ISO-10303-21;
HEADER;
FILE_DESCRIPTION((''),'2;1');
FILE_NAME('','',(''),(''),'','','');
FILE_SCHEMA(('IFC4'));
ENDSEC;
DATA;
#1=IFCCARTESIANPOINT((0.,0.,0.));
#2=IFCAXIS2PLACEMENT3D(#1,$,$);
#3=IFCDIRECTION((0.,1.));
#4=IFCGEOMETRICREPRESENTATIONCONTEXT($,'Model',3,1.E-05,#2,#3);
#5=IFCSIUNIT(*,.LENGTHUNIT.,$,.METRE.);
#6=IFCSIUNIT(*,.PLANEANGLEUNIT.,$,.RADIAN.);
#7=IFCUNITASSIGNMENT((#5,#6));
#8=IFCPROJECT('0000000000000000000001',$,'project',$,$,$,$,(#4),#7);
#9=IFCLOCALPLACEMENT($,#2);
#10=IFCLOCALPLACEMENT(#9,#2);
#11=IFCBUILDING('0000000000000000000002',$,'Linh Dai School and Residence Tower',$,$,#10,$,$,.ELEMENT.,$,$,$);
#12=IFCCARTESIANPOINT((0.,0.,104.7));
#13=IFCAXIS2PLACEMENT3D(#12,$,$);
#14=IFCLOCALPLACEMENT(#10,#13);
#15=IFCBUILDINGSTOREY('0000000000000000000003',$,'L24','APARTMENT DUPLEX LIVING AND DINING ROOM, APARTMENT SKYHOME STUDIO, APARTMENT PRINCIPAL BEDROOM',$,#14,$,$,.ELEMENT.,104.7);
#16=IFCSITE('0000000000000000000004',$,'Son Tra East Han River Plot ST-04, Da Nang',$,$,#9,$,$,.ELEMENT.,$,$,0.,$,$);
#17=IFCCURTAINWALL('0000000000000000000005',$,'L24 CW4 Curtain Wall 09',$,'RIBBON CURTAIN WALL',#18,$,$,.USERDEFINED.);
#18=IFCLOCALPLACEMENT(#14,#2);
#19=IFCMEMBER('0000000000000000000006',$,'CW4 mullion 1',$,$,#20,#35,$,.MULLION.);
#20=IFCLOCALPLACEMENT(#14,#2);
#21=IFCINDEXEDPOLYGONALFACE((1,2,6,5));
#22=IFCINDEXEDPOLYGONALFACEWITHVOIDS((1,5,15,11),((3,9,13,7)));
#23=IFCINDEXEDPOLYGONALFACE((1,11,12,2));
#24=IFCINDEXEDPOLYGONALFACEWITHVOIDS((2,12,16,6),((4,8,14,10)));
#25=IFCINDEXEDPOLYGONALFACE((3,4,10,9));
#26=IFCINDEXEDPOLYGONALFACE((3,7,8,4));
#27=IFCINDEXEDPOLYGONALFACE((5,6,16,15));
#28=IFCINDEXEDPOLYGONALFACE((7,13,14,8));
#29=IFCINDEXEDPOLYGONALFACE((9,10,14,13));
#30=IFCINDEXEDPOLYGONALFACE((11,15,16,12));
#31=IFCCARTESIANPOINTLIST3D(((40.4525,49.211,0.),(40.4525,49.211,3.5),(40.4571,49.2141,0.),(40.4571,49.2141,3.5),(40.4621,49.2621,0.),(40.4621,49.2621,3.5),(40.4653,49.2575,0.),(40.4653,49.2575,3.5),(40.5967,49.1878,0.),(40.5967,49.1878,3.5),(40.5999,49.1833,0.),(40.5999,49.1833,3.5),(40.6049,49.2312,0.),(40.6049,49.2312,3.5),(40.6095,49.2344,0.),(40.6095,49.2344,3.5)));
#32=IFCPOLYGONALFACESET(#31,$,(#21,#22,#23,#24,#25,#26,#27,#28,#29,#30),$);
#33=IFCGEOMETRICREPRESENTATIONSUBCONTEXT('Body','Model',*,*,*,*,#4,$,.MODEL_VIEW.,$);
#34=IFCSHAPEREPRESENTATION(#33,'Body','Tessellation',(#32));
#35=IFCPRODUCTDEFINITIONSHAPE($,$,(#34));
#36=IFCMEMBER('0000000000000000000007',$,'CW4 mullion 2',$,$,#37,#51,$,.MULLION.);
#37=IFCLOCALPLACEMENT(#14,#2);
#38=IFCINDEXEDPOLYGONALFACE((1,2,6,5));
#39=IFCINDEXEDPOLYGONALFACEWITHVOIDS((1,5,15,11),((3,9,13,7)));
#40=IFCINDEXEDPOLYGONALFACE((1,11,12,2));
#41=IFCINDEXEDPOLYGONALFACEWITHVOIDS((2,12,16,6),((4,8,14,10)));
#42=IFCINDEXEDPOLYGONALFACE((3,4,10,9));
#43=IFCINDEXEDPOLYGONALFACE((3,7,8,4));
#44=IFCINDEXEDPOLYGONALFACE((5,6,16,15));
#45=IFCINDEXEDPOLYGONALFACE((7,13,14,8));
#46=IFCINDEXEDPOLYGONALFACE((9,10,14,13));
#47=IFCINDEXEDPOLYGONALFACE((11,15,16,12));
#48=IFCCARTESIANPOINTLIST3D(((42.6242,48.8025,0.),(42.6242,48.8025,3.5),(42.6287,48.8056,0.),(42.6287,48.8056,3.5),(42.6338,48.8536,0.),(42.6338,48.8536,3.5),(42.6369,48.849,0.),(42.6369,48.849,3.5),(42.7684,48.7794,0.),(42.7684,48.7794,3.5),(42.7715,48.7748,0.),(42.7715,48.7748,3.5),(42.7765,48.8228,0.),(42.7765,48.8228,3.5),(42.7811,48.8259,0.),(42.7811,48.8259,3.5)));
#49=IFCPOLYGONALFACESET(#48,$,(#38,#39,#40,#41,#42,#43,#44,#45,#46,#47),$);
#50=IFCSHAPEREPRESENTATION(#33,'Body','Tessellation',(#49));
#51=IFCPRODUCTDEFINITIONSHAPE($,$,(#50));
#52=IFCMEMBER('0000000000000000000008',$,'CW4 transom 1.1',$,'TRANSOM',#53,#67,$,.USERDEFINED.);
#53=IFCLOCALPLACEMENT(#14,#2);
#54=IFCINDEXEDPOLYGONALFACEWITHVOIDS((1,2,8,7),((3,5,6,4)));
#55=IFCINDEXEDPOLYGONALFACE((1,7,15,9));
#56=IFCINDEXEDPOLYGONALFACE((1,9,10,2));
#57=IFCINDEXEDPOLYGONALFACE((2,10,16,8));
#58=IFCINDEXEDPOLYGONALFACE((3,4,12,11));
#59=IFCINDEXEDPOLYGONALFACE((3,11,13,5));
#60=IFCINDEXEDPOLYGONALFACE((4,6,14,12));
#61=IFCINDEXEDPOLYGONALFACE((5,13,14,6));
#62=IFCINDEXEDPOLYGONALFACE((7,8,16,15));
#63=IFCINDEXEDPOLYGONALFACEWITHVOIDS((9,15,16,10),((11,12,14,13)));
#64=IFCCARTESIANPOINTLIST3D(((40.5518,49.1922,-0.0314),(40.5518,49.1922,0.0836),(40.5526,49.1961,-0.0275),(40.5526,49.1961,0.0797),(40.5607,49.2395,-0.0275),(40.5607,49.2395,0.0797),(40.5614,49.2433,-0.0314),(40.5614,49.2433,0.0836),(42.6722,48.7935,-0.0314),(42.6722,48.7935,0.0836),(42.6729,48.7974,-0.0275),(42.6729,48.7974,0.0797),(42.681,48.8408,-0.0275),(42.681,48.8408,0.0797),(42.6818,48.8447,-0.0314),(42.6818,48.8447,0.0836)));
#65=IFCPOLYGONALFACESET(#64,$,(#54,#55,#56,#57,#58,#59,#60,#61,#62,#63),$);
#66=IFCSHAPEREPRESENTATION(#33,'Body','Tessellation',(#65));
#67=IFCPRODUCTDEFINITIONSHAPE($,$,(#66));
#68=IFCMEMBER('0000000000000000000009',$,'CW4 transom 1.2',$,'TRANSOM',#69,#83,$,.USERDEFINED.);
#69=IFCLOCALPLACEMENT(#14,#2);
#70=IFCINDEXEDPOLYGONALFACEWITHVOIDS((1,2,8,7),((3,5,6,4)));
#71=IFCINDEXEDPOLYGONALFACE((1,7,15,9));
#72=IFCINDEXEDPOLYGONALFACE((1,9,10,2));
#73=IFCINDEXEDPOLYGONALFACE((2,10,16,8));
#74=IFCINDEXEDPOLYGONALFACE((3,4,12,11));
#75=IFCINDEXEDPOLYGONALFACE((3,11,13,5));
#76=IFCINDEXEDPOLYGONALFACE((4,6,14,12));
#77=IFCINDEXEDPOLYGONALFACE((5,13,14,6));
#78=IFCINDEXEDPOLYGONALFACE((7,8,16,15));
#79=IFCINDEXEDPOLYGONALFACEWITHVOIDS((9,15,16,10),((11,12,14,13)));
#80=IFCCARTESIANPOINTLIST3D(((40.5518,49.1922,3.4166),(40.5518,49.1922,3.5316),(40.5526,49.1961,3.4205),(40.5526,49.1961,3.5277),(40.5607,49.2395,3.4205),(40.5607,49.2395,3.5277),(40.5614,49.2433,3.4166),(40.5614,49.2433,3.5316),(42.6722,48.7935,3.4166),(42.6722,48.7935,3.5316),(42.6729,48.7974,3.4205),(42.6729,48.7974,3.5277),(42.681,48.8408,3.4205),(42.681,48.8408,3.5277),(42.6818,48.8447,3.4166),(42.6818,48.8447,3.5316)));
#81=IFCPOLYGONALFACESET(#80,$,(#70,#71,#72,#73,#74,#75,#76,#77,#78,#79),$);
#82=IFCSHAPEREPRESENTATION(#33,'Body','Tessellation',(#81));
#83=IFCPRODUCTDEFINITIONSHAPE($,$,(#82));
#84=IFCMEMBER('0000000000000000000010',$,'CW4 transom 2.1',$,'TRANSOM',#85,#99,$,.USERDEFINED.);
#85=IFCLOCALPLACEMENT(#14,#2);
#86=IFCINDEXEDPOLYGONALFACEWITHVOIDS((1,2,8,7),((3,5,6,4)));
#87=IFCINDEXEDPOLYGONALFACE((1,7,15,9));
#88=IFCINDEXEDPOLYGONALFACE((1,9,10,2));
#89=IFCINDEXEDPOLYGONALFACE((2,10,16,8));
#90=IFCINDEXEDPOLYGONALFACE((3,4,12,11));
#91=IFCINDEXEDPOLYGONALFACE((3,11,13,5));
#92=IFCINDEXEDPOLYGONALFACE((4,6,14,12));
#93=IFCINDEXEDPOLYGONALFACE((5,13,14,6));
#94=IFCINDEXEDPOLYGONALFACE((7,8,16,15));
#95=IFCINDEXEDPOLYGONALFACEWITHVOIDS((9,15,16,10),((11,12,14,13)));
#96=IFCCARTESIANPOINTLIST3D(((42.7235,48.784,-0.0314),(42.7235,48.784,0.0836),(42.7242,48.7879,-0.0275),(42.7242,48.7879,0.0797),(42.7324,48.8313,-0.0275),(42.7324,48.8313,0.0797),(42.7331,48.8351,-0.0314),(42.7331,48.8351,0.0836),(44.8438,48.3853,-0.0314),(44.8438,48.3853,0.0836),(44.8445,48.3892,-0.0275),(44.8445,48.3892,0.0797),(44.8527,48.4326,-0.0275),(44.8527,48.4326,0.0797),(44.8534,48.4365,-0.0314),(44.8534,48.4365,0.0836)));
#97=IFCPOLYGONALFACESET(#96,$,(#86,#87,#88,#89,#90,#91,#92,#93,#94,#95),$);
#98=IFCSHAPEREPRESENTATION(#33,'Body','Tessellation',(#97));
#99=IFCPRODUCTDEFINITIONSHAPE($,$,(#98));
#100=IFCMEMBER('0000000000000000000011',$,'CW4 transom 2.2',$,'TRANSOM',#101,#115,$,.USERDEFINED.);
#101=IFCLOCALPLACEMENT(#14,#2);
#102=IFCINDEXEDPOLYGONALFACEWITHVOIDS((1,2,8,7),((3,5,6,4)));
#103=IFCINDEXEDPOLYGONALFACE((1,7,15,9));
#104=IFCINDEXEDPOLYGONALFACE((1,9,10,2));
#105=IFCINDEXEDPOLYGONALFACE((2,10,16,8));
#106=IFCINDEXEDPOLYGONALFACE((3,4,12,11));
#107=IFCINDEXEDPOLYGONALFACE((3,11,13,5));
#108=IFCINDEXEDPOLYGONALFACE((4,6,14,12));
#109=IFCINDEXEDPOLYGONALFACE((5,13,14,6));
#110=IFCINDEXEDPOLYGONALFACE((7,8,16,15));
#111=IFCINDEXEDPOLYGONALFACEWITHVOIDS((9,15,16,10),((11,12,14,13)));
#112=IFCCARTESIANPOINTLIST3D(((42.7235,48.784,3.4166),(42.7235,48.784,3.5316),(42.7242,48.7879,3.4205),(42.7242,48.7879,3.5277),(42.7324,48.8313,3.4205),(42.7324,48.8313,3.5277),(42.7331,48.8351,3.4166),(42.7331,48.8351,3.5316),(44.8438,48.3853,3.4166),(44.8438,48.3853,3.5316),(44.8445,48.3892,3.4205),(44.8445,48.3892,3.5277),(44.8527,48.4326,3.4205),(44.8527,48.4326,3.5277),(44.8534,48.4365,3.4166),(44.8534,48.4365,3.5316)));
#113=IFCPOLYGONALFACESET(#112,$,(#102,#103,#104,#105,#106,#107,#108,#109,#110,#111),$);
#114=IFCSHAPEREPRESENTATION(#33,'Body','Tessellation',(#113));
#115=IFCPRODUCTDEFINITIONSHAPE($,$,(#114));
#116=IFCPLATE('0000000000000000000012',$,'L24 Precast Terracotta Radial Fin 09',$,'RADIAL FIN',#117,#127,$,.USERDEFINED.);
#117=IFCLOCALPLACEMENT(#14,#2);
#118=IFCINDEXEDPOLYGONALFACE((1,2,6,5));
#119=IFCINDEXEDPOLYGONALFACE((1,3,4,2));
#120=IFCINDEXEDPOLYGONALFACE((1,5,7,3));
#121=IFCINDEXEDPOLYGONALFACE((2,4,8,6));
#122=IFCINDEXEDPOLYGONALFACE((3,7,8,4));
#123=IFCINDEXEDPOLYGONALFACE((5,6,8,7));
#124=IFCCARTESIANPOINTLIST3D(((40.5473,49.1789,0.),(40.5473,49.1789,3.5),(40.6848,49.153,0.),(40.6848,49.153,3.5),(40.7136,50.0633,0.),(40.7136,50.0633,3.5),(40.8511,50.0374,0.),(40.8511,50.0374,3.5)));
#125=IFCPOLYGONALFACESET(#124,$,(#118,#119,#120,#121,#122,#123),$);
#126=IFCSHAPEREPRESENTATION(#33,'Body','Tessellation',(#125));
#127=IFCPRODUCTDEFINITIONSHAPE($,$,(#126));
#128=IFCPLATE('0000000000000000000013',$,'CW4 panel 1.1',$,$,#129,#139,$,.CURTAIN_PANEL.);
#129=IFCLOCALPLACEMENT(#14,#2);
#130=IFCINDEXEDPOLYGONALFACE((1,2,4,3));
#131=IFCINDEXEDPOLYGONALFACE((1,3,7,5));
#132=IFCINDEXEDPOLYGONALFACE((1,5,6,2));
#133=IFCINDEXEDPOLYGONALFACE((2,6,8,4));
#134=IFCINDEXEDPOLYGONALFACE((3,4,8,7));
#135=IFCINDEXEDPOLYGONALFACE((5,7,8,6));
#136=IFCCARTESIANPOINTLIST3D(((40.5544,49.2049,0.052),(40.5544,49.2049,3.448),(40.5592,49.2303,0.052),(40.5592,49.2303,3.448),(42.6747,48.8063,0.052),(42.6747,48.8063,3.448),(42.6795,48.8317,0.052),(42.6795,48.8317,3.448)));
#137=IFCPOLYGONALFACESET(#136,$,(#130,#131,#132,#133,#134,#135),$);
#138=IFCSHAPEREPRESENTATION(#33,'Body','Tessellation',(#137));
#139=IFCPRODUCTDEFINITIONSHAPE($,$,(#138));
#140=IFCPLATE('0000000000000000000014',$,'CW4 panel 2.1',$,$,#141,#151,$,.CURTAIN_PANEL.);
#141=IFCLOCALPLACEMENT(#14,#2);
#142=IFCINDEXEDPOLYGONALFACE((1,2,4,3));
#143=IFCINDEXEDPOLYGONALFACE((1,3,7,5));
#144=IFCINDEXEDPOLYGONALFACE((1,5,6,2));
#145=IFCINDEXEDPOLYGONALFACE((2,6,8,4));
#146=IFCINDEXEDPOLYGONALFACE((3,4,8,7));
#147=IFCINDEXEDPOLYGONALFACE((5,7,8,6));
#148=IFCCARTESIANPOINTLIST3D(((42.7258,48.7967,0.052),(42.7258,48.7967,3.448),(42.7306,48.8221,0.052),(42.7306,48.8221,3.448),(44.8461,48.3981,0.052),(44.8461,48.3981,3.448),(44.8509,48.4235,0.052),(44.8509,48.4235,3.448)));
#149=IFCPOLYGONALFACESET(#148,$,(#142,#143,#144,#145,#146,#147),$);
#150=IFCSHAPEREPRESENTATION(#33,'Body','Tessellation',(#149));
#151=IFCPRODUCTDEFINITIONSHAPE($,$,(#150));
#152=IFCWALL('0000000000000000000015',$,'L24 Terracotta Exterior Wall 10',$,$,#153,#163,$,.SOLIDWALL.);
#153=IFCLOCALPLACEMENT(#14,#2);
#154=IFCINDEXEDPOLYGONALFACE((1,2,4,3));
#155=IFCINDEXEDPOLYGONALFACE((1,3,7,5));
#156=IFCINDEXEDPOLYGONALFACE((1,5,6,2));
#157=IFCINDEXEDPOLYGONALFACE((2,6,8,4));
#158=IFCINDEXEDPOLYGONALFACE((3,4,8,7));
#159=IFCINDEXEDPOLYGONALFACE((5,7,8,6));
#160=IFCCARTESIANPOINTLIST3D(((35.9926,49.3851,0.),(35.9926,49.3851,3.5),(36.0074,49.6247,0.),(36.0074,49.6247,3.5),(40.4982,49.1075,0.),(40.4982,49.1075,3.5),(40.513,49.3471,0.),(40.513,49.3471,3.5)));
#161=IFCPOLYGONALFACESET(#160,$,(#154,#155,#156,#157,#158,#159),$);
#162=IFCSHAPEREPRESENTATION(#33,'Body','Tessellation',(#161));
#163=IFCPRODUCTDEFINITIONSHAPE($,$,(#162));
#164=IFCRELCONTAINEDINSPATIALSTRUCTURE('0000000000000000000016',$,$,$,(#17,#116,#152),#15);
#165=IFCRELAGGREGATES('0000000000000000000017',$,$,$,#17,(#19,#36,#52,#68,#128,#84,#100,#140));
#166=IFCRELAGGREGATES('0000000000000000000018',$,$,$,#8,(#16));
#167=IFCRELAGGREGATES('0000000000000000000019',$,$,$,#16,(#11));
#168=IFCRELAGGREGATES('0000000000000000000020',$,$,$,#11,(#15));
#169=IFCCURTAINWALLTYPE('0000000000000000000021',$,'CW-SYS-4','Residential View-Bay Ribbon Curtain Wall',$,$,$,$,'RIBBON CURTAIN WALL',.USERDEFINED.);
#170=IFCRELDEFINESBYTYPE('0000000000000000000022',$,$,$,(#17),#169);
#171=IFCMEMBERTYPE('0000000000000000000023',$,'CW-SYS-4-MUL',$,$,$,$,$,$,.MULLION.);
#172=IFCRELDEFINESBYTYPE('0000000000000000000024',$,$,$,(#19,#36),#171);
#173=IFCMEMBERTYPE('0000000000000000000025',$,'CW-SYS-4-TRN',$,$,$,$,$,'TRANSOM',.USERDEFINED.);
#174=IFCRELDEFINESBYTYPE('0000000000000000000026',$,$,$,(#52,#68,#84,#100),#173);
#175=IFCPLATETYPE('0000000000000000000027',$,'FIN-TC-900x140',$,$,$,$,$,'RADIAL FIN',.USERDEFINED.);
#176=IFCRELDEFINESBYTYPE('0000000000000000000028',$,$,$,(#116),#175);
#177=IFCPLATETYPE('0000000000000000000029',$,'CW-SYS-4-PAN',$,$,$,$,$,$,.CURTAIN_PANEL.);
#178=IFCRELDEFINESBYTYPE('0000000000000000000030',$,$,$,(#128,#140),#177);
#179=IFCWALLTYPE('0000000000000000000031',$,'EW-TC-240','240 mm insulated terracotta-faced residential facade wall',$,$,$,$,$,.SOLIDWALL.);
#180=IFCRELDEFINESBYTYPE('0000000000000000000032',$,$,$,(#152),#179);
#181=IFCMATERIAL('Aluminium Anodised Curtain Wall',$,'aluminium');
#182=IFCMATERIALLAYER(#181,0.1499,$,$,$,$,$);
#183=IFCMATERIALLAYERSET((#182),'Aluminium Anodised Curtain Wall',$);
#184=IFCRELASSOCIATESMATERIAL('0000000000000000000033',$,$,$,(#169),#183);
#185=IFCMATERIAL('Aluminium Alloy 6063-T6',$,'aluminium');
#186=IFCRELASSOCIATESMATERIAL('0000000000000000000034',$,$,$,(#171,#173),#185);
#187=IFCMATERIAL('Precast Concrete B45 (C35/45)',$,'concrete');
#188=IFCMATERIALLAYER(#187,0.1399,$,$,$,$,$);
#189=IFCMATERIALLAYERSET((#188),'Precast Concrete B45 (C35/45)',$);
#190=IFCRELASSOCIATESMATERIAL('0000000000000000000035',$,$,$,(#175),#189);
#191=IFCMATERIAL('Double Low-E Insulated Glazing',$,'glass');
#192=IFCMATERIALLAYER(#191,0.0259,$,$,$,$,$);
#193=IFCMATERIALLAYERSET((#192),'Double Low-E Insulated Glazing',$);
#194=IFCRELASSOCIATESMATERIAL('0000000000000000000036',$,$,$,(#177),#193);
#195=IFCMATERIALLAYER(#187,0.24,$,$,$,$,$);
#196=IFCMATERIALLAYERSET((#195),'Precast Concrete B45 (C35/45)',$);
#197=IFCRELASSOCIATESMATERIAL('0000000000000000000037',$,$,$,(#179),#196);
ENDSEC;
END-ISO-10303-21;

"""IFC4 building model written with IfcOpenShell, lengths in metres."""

from ifc_helpers import new_model, si_unit, direction, frame, frame_2d, origin, origin_2d, place, context, subcontext, project, spatial, rectangle, hollow_rectangle, extrude, source, transform, mapped, material, layer, layer_set, material_profile, profile_set, type_object, element, aggregate, save


model = new_model("IFC4")

# Units and contexts
model_context = context("Model", 3, precision=1e-05, world=origin(), true_north=direction((0.0, 1.0)))
body_context = subcontext(model_context, "Body", "Model", "MODEL_VIEW")
ifc_project = project(units=[si_unit("LENGTHUNIT", "METRE"), si_unit("PLANEANGLEUNIT", "RADIAN")], contexts=[model_context])

# Site, building, storey
site_placement = place(None, origin())
site = spatial("IfcSite", under=ifc_project, at=site_placement, Name="Son Tra East Han River Plot ST-04, Da Nang", CompositionType="ELEMENT", RefElevation=0.0)
building_placement = place(site_placement, origin())
building = spatial("IfcBuilding", under=site, at=building_placement, Name="Linh Dai School and Residence Tower", CompositionType="ELEMENT")
storey_placement = place(building_placement, frame((0.0, 0.0, 104.7)))
storey = spatial("IfcBuildingStorey", under=building, at=storey_placement, Name="L24", Description="APARTMENT DUPLEX LIVING AND DINING ROOM, APARTMENT SKYHOME STUDIO, APARTMENT PRINCIPAL BEDROOM", CompositionType="ELEMENT", Elevation=104.7)

# Curtain wall, members
ifc_material_1 = material(Name="Aluminium Anodised Curtain Wall", Category="aluminium")
ifc_layer_1 = layer(ifc_material_1, 0.1499)
ifc_layer_set_1 = layer_set([ifc_layer_1], Name="Aluminium Anodised Curtain Wall")
curtain_wall_type = type_object("IfcCurtainWallType", Name="CW-SYS-4", Description="Residential View-Bay Ribbon Curtain Wall", ElementType="RIBBON CURTAIN WALL", PredefinedType="USERDEFINED", material=ifc_layer_set_1)
curtain_wall_placement = place(storey_placement, origin())
curtain_wall = element("IfcCurtainWall", 1, at=curtain_wall_placement, inside=storey, type_object=curtain_wall_type, Name="L24 CW4 Curtain Wall 09", ObjectType="RIBBON CURTAIN WALL", PredefinedType="USERDEFINED")
ifc_material_2 = material(Name="Aluminium Alloy 6063-T6", Category="aluminium")
ifc_material_profile_1 = material_profile(ifc_material_2, hollow_rectangle(XDim=0.052, YDim=0.1499, WallThickness=0.0039, at=origin_2d()), Name="RHS 150x52x4")
ifc_profile_set_1 = profile_set([ifc_material_profile_1], Name="Aluminium Alloy 6063-T6")
member_type_1 = type_object("IfcMemberType", Name="CW-SYS-4-MUL", PredefinedType="MULLION", material=ifc_profile_set_1)
shared_shape_1 = source(origin(), body_context, "Body", "SweptSolid", [
    extrude(hollow_rectangle(XDim=0.052, YDim=0.1499, WallThickness=0.0039, at=origin_2d()), origin(), (0.0, 0.0, 1.0), 3.5),
])
member_1_placement = place(storey_placement, frame((40.531, 49.2227, 0.0), z_axis=(0.0, 0.0, 1.0), x_axis=(0.184755, 0.982785, 0.0)))
member_1 = element("IfcMember", 2, at=member_1_placement, type_object=member_type_1, Name="CW4 mullion 1", PredefinedType="MULLION", context=body_context, shape_type="MappedRepresentation", body=[
    mapped(shared_shape_1, transform((0.0, 0.0, 0.0), x_axis=(1.0, 0.0, 0.0), y_axis=(0.0, 1.0, 0.0), z_axis=(0.0, 0.0, 1.0), scale=1.0)),
])
member_2_placement = place(storey_placement, frame((42.7026, 48.8142, 0.0), z_axis=(0.0, 0.0, 1.0), x_axis=(0.184755, 0.982785, 0.0)))
member_2 = element("IfcMember", 3, at=member_2_placement, type_object=member_type_1, Name="CW4 mullion 2", PredefinedType="MULLION", context=body_context, shape_type="MappedRepresentation", body=[
    mapped(shared_shape_1, transform((0.0, 0.0, 0.0), x_axis=(1.0, 0.0, 0.0), y_axis=(0.0, 1.0, 0.0), z_axis=(0.0, 0.0, 1.0), scale=1.0)),
])
ifc_material_profile_2 = material_profile(ifc_material_2, hollow_rectangle(XDim=0.052, YDim=0.115, WallThickness=0.0039, at=origin_2d()), Name="RHS 115x52x4")
ifc_profile_set_2 = profile_set([ifc_material_profile_2], Name="Aluminium Alloy 6063-T6")
member_type_2 = type_object("IfcMemberType", Name="CW-SYS-4-TRN", ElementType="TRANSOM", PredefinedType="USERDEFINED", material=ifc_profile_set_2)
shared_shape_2 = source(origin(), body_context, "Body", "SweptSolid", [
    extrude(hollow_rectangle(XDim=0.052, YDim=0.115, WallThickness=0.0039, at=origin_2d()), origin(), (0.0, 0.0, 1.0), 2.1575),
])
member_3_placement = place(storey_placement, frame((40.5566, 49.2178, 0.0261), z_axis=(0.982779, -0.184787, 0.0), x_axis=(0.184787, 0.982779, 0.0)))
member_3 = element("IfcMember", 4, at=member_3_placement, type_object=member_type_2, Name="CW4 transom 1.1", ObjectType="TRANSOM", PredefinedType="USERDEFINED", context=body_context, shape_type="MappedRepresentation", body=[
    mapped(shared_shape_2, transform((0.0, 0.0, 0.0), x_axis=(1.0, 0.0, 0.0), y_axis=(0.0, 1.0, 0.0), z_axis=(0.0, 0.0, 1.0), scale=1.0)),
])
member_4_placement = place(storey_placement, frame((40.5566, 49.2178, 3.4741), z_axis=(0.982779, -0.184787, 0.0), x_axis=(0.184787, 0.982779, 0.0)))
member_4 = element("IfcMember", 5, at=member_4_placement, type_object=member_type_2, Name="CW4 transom 1.2", ObjectType="TRANSOM", PredefinedType="USERDEFINED", context=body_context, shape_type="MappedRepresentation", body=[
    mapped(shared_shape_2, transform((0.0, 0.0, 0.0), x_axis=(1.0, 0.0, 0.0), y_axis=(0.0, 1.0, 0.0), z_axis=(0.0, 0.0, 1.0), scale=1.0)),
])
member_5_placement = place(storey_placement, frame((42.7283, 48.8096, 0.0261), z_axis=(0.982779, -0.184787, 0.0), x_axis=(0.184787, 0.982779, 0.0)))
member_5 = element("IfcMember", 6, at=member_5_placement, type_object=member_type_2, Name="CW4 transom 2.1", ObjectType="TRANSOM", PredefinedType="USERDEFINED", context=body_context, shape_type="MappedRepresentation", body=[
    mapped(shared_shape_2, transform((0.0, 0.0, 0.0), x_axis=(1.0, 0.0, 0.0), y_axis=(0.0, 1.0, 0.0), z_axis=(0.0, 0.0, 1.0), scale=1.0)),
])
member_6_placement = place(storey_placement, frame((42.7283, 48.8096, 3.4741), z_axis=(0.982779, -0.184787, 0.0), x_axis=(0.184787, 0.982779, 0.0)))
member_6 = element("IfcMember", 7, at=member_6_placement, type_object=member_type_2, Name="CW4 transom 2.2", ObjectType="TRANSOM", PredefinedType="USERDEFINED", context=body_context, shape_type="MappedRepresentation", body=[
    mapped(shared_shape_2, transform((0.0, 0.0, 0.0), x_axis=(1.0, 0.0, 0.0), y_axis=(0.0, 1.0, 0.0), z_axis=(0.0, 0.0, 1.0), scale=1.0)),
])

# Plates
ifc_material_3 = material(Name="Precast Concrete B45 (C35/45)", Category="concrete")
ifc_layer_2 = layer(ifc_material_3, 0.1399)
ifc_layer_set_2 = layer_set([ifc_layer_2], Name="Precast Concrete B45 (C35/45)")
plate_type_1 = type_object("IfcPlateType", Name="FIN-TC-900x140", ElementType="RADIAL FIN", PredefinedType="USERDEFINED", material=ifc_layer_set_2)
shared_shape_3 = source(origin(), body_context, "Body", "SweptSolid", [
    extrude(rectangle(XDim=0.8999, YDim=0.1399, at=origin_2d()), origin(), (0.0, 0.0, 1.0), 3.5),
])
plate_1_placement = place(storey_placement, frame((40.6992, 49.6082, 0.0), z_axis=(0.0, 0.0, 1.0), x_axis=(0.184755, 0.982785, 0.0)))
element("IfcPlate", 8, at=plate_1_placement, inside=storey, type_object=plate_type_1, Name="L24 Precast Terracotta Radial Fin 09", ObjectType="RADIAL FIN", PredefinedType="USERDEFINED", context=body_context, shape_type="MappedRepresentation", body=[
    mapped(shared_shape_3, transform((0.0, 0.0, 0.0), x_axis=(1.0, 0.0, 0.0), y_axis=(0.0, 1.0, 0.0), z_axis=(0.0, 0.0, 1.0), scale=1.0)),
])
ifc_material_4 = material(Name="Double Low-E Insulated Glazing", Category="glass")
ifc_layer_3 = layer(ifc_material_4, 0.0259)
ifc_layer_set_3 = layer_set([ifc_layer_3], Name="Double Low-E Insulated Glazing")
plate_type_2 = type_object("IfcPlateType", Name="CW-SYS-4-PAN", PredefinedType="CURTAIN_PANEL", material=ifc_layer_set_3)
shared_shape_4 = source(origin(), body_context, "Body", "SweptSolid", [
    extrude(rectangle(XDim=2.1575, YDim=0.0259, at=origin_2d()), origin(), (0.0, 0.0, 1.0), 3.396),
])
plate_2_placement = place(storey_placement, frame((41.6169, 49.0183, 0.052), z_axis=(0.0, 0.0, 1.0), x_axis=(0.982785, -0.184755, 0.0)))
plate_2 = element("IfcPlate", 9, at=plate_2_placement, type_object=plate_type_2, Name="CW4 panel 1.1", PredefinedType="CURTAIN_PANEL", context=body_context, shape_type="MappedRepresentation", body=[
    mapped(shared_shape_4, transform((0.0, 0.0, 0.0), x_axis=(1.0, 0.0, 0.0), y_axis=(0.0, 1.0, 0.0), z_axis=(0.0, 0.0, 1.0), scale=1.0)),
])
plate_3_placement = place(storey_placement, frame((43.7883, 48.6101, 0.052), z_axis=(0.0, 0.0, 1.0), x_axis=(0.982785, -0.184755, 0.0)))
plate_3 = element("IfcPlate", 10, at=plate_3_placement, type_object=plate_type_2, Name="CW4 panel 2.1", PredefinedType="CURTAIN_PANEL", context=body_context, shape_type="MappedRepresentation", body=[
    mapped(shared_shape_4, transform((0.0, 0.0, 0.0), x_axis=(1.0, 0.0, 0.0), y_axis=(0.0, 1.0, 0.0), z_axis=(0.0, 0.0, 1.0), scale=1.0)),
])
aggregate(curtain_wall, [member_1, member_2, member_3, member_4, plate_2, member_5, member_6, plate_3])

# Wall
ifc_layer_4 = layer(ifc_material_3, 0.24)
ifc_layer_set_4 = layer_set([ifc_layer_4], Name="Precast Concrete B45 (C35/45)")
wall_type_1 = type_object("IfcWallType", Name="EW-TC-240", Description="240 mm insulated terracotta-faced residential facade wall", PredefinedType="SOLIDWALL", material=ifc_layer_set_4)
wall_1_placement = place(storey_placement, frame((36.0, 49.5049, 0.0), z_axis=(0.0, 0.0, 1.0), x_axis=(0.998108, -0.061493, 0.0)))
element("IfcWall", 11, at=wall_1_placement, inside=storey, type_object=wall_type_1, Name="L24 Terracotta Exterior Wall 10", PredefinedType="SOLIDWALL", context=body_context, shape_type="SweptSolid", body=[
    extrude(rectangle(XDim=4.5142, YDim=0.24, at=frame_2d((2.2571, 0.0))), origin(), (0.0, 0.0, 1.0), 3.5),
])

save(model, "model.ifc")
